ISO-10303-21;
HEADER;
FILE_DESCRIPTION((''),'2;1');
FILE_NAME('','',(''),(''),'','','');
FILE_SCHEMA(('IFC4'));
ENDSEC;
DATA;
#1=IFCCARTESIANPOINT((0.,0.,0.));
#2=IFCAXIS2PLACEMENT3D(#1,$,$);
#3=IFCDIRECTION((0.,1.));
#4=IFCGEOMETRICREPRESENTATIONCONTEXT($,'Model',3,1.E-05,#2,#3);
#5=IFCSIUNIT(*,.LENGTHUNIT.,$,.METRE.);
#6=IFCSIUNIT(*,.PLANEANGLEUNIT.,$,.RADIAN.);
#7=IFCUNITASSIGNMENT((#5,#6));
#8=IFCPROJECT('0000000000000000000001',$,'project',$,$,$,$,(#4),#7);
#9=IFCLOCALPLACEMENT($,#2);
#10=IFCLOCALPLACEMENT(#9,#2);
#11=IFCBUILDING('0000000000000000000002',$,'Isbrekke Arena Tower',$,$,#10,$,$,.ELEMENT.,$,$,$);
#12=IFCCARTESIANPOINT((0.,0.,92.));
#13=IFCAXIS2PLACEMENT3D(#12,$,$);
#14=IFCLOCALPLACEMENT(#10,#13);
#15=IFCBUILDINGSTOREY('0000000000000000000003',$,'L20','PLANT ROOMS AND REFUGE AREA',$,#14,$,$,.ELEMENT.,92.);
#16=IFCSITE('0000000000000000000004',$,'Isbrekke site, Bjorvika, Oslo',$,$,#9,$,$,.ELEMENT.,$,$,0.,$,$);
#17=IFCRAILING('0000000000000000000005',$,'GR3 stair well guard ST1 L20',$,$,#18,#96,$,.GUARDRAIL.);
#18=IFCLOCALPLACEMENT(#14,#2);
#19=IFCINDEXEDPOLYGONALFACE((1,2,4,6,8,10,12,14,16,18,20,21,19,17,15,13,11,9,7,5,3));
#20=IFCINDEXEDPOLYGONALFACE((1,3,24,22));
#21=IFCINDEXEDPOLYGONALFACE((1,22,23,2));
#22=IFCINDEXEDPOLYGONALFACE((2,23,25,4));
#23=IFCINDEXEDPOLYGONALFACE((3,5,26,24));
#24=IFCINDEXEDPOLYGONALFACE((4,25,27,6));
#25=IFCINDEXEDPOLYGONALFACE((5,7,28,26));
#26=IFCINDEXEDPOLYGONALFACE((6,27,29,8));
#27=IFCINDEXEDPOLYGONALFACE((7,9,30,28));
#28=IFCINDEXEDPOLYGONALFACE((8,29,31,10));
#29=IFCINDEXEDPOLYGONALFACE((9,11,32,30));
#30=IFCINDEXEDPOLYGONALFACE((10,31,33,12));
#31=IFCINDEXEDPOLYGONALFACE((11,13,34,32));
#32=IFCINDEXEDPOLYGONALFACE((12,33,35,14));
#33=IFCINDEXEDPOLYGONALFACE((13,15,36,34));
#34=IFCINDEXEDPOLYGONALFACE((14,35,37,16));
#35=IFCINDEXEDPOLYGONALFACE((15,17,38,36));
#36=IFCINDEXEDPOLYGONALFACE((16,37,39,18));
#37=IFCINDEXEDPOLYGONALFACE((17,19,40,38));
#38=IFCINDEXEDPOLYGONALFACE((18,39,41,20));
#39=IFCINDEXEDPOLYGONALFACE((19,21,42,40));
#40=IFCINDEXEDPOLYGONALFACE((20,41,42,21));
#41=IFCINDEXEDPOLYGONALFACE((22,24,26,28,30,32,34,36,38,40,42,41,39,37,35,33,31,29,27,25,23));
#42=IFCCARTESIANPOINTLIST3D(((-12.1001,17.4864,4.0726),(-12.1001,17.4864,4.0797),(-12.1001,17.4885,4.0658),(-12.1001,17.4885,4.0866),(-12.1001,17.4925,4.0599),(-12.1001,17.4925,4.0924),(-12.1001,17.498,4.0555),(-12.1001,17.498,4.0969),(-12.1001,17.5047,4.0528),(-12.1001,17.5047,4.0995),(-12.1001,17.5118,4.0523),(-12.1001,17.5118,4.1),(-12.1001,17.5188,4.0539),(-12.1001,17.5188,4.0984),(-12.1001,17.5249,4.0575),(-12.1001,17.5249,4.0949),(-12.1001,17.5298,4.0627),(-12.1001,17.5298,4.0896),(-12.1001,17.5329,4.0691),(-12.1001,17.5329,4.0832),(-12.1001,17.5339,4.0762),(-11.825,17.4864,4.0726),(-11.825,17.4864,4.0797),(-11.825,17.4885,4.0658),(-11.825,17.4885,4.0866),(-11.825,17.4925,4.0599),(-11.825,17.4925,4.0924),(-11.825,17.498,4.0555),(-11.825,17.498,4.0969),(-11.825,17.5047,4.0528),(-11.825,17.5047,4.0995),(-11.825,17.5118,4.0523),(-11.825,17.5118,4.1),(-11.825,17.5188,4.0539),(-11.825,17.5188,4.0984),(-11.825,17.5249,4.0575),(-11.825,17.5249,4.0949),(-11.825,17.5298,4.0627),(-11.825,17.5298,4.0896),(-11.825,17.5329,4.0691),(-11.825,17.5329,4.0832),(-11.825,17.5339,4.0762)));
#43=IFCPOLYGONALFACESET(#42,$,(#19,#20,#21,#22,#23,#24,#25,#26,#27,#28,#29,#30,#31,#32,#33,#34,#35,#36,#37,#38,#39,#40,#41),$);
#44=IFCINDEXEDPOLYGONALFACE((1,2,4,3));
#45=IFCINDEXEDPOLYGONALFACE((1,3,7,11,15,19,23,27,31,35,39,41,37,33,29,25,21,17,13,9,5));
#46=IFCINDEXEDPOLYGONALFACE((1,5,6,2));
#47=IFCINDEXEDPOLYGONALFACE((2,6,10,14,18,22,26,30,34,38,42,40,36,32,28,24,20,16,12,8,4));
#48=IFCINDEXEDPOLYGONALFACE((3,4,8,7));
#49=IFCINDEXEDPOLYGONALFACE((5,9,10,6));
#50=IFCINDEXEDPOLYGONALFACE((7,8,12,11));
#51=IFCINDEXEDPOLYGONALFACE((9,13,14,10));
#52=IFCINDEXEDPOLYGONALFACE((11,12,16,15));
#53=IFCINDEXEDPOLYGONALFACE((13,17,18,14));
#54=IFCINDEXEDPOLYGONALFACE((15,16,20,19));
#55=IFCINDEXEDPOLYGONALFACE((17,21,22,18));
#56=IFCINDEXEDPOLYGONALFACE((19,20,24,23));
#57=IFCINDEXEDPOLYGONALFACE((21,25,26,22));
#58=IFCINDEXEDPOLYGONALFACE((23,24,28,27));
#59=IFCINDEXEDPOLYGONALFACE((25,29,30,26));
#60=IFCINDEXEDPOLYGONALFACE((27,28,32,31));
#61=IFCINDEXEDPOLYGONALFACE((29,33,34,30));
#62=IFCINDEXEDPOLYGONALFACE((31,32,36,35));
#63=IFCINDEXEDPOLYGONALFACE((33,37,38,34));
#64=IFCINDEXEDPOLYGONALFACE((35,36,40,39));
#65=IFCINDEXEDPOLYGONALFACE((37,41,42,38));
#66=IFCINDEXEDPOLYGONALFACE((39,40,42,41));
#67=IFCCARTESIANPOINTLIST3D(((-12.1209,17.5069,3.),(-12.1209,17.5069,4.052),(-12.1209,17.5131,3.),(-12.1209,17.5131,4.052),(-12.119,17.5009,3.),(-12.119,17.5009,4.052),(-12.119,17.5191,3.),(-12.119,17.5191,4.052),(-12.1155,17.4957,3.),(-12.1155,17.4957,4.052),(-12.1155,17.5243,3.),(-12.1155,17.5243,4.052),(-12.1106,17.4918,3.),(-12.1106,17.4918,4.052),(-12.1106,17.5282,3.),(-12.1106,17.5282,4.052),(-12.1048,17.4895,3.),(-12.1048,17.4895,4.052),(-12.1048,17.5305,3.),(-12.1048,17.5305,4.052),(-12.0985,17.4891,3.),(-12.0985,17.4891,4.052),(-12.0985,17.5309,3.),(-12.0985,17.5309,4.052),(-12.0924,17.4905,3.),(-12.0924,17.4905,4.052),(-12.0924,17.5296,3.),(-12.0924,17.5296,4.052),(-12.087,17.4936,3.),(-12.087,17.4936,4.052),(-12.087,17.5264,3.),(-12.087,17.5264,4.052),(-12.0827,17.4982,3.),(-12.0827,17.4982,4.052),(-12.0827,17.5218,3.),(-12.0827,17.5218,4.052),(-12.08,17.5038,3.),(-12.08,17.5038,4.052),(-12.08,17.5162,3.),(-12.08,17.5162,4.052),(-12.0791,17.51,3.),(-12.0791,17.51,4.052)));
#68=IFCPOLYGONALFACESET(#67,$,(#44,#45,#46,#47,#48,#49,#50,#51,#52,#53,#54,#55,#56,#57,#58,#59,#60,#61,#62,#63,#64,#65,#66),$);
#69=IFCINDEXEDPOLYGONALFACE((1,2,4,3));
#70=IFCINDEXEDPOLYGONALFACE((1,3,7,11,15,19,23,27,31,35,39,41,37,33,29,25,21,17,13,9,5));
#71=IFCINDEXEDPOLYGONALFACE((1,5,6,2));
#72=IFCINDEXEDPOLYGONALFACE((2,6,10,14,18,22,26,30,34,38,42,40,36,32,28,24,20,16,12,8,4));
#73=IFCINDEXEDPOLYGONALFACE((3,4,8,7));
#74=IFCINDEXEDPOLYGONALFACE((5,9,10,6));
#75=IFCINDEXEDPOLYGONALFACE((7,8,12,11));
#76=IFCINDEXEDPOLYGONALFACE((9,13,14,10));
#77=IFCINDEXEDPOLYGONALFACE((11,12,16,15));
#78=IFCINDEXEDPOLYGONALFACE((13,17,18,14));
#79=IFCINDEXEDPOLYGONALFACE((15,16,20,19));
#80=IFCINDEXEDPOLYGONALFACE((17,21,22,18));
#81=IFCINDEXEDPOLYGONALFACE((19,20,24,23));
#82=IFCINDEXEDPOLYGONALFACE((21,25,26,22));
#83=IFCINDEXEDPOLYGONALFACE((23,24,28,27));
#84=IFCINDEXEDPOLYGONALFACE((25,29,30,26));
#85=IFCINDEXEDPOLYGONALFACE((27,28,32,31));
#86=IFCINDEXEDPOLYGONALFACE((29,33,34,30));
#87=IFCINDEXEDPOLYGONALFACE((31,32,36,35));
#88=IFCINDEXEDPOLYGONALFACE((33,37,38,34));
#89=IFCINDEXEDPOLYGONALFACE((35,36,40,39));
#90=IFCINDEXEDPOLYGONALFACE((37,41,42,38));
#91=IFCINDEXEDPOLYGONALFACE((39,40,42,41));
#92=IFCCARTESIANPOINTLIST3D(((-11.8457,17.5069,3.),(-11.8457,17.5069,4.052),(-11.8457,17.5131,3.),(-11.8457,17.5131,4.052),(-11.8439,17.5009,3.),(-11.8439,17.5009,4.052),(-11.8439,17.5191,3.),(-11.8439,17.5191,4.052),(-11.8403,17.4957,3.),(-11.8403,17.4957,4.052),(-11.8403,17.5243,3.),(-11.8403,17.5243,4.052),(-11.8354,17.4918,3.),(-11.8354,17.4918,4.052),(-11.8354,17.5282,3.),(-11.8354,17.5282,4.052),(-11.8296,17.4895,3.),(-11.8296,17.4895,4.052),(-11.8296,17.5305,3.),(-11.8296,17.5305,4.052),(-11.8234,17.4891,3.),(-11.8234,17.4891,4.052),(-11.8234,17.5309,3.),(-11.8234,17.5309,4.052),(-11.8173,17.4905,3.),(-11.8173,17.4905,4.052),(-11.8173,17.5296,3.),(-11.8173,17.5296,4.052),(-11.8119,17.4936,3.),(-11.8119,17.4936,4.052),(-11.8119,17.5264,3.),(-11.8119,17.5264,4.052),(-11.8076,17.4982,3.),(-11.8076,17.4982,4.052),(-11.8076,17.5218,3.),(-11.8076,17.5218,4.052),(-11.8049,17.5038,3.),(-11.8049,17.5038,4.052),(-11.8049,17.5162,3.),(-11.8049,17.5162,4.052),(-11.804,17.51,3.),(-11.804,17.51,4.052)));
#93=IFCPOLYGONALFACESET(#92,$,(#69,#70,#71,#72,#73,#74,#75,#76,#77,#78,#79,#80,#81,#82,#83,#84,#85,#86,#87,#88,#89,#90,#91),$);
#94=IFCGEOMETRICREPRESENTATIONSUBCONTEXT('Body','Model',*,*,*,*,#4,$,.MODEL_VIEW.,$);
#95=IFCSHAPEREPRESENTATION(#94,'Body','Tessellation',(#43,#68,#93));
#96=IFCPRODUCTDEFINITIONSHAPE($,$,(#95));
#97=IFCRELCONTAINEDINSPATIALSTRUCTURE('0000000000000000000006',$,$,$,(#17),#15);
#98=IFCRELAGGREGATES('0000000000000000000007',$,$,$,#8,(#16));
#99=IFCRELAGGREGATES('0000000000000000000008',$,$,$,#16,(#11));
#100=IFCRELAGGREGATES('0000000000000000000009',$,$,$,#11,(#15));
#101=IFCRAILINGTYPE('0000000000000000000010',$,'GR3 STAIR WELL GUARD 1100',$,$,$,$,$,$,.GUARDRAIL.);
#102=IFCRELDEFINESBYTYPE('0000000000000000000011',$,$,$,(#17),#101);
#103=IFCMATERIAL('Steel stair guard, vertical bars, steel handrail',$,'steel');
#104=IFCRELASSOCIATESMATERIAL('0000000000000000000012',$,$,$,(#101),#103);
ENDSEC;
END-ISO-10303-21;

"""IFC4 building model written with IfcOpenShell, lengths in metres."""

from ifc_helpers import new_model, si_unit, direction, frame, origin, origin_2d, place, context, subcontext, project, spatial, circle, extrude, material, type_object, element, save


model = new_model("IFC4")

# Units and contexts
model_context = context("Model", 3, precision=1e-05, world=origin(), true_north=direction((0.0, 1.0)))
body_context = subcontext(model_context, "Body", "Model", "MODEL_VIEW")
ifc_project = project(units=[si_unit("LENGTHUNIT", "METRE"), si_unit("PLANEANGLEUNIT", "RADIAN")], contexts=[model_context])

# Site, building, storey
site_placement = place(None, origin())
site = spatial("IfcSite", under=ifc_project, at=site_placement, Name="Isbrekke site, Bjorvika, Oslo", CompositionType="ELEMENT", RefElevation=0.0)
building_placement = place(site_placement, origin())
building = spatial("IfcBuilding", under=site, at=building_placement, Name="Isbrekke Arena Tower", CompositionType="ELEMENT")
storey_placement = place(building_placement, frame((0.0, 0.0, 92.0)))
storey = spatial("IfcBuildingStorey", under=building, at=storey_placement, Name="L20", Description="PLANT ROOMS AND REFUGE AREA", CompositionType="ELEMENT", Elevation=92.0)

# Railing
ifc_material_1 = material(Name="Steel stair guard, vertical bars, steel handrail", Category="steel")
railing_type = type_object("IfcRailingType", Name="GR3 STAIR WELL GUARD 1100", PredefinedType="GUARDRAIL", material=ifc_material_1)
railing_placement = place(storey_placement, frame((-12.1001, 17.51, 3.0)))
element("IfcRailing", 1, at=railing_placement, inside=storey, type_object=railing_type, Name="GR3 stair well guard ST1 L20", PredefinedType="GUARDRAIL", context=body_context, shape_type="SweptSolid", body=[
    extrude(circle(Radius=0.0239, at=origin_2d()), frame((0.0, 0.0, 1.0762), z_axis=(1.0, 0.0, 0.0), x_axis=(0.0, 1.0, 0.0)), (0.0, 0.0, 1.0), 0.2751),
    extrude(circle(Radius=0.021, at=origin_2d()), origin(), (0.0, 0.0, 1.0), 1.052),
    extrude(circle(Radius=0.021, at=origin_2d()), frame((0.2751, 0.0, 0.0)), (0.0, 0.0, 1.0), 1.052),
])

save(model, "model.ifc")
